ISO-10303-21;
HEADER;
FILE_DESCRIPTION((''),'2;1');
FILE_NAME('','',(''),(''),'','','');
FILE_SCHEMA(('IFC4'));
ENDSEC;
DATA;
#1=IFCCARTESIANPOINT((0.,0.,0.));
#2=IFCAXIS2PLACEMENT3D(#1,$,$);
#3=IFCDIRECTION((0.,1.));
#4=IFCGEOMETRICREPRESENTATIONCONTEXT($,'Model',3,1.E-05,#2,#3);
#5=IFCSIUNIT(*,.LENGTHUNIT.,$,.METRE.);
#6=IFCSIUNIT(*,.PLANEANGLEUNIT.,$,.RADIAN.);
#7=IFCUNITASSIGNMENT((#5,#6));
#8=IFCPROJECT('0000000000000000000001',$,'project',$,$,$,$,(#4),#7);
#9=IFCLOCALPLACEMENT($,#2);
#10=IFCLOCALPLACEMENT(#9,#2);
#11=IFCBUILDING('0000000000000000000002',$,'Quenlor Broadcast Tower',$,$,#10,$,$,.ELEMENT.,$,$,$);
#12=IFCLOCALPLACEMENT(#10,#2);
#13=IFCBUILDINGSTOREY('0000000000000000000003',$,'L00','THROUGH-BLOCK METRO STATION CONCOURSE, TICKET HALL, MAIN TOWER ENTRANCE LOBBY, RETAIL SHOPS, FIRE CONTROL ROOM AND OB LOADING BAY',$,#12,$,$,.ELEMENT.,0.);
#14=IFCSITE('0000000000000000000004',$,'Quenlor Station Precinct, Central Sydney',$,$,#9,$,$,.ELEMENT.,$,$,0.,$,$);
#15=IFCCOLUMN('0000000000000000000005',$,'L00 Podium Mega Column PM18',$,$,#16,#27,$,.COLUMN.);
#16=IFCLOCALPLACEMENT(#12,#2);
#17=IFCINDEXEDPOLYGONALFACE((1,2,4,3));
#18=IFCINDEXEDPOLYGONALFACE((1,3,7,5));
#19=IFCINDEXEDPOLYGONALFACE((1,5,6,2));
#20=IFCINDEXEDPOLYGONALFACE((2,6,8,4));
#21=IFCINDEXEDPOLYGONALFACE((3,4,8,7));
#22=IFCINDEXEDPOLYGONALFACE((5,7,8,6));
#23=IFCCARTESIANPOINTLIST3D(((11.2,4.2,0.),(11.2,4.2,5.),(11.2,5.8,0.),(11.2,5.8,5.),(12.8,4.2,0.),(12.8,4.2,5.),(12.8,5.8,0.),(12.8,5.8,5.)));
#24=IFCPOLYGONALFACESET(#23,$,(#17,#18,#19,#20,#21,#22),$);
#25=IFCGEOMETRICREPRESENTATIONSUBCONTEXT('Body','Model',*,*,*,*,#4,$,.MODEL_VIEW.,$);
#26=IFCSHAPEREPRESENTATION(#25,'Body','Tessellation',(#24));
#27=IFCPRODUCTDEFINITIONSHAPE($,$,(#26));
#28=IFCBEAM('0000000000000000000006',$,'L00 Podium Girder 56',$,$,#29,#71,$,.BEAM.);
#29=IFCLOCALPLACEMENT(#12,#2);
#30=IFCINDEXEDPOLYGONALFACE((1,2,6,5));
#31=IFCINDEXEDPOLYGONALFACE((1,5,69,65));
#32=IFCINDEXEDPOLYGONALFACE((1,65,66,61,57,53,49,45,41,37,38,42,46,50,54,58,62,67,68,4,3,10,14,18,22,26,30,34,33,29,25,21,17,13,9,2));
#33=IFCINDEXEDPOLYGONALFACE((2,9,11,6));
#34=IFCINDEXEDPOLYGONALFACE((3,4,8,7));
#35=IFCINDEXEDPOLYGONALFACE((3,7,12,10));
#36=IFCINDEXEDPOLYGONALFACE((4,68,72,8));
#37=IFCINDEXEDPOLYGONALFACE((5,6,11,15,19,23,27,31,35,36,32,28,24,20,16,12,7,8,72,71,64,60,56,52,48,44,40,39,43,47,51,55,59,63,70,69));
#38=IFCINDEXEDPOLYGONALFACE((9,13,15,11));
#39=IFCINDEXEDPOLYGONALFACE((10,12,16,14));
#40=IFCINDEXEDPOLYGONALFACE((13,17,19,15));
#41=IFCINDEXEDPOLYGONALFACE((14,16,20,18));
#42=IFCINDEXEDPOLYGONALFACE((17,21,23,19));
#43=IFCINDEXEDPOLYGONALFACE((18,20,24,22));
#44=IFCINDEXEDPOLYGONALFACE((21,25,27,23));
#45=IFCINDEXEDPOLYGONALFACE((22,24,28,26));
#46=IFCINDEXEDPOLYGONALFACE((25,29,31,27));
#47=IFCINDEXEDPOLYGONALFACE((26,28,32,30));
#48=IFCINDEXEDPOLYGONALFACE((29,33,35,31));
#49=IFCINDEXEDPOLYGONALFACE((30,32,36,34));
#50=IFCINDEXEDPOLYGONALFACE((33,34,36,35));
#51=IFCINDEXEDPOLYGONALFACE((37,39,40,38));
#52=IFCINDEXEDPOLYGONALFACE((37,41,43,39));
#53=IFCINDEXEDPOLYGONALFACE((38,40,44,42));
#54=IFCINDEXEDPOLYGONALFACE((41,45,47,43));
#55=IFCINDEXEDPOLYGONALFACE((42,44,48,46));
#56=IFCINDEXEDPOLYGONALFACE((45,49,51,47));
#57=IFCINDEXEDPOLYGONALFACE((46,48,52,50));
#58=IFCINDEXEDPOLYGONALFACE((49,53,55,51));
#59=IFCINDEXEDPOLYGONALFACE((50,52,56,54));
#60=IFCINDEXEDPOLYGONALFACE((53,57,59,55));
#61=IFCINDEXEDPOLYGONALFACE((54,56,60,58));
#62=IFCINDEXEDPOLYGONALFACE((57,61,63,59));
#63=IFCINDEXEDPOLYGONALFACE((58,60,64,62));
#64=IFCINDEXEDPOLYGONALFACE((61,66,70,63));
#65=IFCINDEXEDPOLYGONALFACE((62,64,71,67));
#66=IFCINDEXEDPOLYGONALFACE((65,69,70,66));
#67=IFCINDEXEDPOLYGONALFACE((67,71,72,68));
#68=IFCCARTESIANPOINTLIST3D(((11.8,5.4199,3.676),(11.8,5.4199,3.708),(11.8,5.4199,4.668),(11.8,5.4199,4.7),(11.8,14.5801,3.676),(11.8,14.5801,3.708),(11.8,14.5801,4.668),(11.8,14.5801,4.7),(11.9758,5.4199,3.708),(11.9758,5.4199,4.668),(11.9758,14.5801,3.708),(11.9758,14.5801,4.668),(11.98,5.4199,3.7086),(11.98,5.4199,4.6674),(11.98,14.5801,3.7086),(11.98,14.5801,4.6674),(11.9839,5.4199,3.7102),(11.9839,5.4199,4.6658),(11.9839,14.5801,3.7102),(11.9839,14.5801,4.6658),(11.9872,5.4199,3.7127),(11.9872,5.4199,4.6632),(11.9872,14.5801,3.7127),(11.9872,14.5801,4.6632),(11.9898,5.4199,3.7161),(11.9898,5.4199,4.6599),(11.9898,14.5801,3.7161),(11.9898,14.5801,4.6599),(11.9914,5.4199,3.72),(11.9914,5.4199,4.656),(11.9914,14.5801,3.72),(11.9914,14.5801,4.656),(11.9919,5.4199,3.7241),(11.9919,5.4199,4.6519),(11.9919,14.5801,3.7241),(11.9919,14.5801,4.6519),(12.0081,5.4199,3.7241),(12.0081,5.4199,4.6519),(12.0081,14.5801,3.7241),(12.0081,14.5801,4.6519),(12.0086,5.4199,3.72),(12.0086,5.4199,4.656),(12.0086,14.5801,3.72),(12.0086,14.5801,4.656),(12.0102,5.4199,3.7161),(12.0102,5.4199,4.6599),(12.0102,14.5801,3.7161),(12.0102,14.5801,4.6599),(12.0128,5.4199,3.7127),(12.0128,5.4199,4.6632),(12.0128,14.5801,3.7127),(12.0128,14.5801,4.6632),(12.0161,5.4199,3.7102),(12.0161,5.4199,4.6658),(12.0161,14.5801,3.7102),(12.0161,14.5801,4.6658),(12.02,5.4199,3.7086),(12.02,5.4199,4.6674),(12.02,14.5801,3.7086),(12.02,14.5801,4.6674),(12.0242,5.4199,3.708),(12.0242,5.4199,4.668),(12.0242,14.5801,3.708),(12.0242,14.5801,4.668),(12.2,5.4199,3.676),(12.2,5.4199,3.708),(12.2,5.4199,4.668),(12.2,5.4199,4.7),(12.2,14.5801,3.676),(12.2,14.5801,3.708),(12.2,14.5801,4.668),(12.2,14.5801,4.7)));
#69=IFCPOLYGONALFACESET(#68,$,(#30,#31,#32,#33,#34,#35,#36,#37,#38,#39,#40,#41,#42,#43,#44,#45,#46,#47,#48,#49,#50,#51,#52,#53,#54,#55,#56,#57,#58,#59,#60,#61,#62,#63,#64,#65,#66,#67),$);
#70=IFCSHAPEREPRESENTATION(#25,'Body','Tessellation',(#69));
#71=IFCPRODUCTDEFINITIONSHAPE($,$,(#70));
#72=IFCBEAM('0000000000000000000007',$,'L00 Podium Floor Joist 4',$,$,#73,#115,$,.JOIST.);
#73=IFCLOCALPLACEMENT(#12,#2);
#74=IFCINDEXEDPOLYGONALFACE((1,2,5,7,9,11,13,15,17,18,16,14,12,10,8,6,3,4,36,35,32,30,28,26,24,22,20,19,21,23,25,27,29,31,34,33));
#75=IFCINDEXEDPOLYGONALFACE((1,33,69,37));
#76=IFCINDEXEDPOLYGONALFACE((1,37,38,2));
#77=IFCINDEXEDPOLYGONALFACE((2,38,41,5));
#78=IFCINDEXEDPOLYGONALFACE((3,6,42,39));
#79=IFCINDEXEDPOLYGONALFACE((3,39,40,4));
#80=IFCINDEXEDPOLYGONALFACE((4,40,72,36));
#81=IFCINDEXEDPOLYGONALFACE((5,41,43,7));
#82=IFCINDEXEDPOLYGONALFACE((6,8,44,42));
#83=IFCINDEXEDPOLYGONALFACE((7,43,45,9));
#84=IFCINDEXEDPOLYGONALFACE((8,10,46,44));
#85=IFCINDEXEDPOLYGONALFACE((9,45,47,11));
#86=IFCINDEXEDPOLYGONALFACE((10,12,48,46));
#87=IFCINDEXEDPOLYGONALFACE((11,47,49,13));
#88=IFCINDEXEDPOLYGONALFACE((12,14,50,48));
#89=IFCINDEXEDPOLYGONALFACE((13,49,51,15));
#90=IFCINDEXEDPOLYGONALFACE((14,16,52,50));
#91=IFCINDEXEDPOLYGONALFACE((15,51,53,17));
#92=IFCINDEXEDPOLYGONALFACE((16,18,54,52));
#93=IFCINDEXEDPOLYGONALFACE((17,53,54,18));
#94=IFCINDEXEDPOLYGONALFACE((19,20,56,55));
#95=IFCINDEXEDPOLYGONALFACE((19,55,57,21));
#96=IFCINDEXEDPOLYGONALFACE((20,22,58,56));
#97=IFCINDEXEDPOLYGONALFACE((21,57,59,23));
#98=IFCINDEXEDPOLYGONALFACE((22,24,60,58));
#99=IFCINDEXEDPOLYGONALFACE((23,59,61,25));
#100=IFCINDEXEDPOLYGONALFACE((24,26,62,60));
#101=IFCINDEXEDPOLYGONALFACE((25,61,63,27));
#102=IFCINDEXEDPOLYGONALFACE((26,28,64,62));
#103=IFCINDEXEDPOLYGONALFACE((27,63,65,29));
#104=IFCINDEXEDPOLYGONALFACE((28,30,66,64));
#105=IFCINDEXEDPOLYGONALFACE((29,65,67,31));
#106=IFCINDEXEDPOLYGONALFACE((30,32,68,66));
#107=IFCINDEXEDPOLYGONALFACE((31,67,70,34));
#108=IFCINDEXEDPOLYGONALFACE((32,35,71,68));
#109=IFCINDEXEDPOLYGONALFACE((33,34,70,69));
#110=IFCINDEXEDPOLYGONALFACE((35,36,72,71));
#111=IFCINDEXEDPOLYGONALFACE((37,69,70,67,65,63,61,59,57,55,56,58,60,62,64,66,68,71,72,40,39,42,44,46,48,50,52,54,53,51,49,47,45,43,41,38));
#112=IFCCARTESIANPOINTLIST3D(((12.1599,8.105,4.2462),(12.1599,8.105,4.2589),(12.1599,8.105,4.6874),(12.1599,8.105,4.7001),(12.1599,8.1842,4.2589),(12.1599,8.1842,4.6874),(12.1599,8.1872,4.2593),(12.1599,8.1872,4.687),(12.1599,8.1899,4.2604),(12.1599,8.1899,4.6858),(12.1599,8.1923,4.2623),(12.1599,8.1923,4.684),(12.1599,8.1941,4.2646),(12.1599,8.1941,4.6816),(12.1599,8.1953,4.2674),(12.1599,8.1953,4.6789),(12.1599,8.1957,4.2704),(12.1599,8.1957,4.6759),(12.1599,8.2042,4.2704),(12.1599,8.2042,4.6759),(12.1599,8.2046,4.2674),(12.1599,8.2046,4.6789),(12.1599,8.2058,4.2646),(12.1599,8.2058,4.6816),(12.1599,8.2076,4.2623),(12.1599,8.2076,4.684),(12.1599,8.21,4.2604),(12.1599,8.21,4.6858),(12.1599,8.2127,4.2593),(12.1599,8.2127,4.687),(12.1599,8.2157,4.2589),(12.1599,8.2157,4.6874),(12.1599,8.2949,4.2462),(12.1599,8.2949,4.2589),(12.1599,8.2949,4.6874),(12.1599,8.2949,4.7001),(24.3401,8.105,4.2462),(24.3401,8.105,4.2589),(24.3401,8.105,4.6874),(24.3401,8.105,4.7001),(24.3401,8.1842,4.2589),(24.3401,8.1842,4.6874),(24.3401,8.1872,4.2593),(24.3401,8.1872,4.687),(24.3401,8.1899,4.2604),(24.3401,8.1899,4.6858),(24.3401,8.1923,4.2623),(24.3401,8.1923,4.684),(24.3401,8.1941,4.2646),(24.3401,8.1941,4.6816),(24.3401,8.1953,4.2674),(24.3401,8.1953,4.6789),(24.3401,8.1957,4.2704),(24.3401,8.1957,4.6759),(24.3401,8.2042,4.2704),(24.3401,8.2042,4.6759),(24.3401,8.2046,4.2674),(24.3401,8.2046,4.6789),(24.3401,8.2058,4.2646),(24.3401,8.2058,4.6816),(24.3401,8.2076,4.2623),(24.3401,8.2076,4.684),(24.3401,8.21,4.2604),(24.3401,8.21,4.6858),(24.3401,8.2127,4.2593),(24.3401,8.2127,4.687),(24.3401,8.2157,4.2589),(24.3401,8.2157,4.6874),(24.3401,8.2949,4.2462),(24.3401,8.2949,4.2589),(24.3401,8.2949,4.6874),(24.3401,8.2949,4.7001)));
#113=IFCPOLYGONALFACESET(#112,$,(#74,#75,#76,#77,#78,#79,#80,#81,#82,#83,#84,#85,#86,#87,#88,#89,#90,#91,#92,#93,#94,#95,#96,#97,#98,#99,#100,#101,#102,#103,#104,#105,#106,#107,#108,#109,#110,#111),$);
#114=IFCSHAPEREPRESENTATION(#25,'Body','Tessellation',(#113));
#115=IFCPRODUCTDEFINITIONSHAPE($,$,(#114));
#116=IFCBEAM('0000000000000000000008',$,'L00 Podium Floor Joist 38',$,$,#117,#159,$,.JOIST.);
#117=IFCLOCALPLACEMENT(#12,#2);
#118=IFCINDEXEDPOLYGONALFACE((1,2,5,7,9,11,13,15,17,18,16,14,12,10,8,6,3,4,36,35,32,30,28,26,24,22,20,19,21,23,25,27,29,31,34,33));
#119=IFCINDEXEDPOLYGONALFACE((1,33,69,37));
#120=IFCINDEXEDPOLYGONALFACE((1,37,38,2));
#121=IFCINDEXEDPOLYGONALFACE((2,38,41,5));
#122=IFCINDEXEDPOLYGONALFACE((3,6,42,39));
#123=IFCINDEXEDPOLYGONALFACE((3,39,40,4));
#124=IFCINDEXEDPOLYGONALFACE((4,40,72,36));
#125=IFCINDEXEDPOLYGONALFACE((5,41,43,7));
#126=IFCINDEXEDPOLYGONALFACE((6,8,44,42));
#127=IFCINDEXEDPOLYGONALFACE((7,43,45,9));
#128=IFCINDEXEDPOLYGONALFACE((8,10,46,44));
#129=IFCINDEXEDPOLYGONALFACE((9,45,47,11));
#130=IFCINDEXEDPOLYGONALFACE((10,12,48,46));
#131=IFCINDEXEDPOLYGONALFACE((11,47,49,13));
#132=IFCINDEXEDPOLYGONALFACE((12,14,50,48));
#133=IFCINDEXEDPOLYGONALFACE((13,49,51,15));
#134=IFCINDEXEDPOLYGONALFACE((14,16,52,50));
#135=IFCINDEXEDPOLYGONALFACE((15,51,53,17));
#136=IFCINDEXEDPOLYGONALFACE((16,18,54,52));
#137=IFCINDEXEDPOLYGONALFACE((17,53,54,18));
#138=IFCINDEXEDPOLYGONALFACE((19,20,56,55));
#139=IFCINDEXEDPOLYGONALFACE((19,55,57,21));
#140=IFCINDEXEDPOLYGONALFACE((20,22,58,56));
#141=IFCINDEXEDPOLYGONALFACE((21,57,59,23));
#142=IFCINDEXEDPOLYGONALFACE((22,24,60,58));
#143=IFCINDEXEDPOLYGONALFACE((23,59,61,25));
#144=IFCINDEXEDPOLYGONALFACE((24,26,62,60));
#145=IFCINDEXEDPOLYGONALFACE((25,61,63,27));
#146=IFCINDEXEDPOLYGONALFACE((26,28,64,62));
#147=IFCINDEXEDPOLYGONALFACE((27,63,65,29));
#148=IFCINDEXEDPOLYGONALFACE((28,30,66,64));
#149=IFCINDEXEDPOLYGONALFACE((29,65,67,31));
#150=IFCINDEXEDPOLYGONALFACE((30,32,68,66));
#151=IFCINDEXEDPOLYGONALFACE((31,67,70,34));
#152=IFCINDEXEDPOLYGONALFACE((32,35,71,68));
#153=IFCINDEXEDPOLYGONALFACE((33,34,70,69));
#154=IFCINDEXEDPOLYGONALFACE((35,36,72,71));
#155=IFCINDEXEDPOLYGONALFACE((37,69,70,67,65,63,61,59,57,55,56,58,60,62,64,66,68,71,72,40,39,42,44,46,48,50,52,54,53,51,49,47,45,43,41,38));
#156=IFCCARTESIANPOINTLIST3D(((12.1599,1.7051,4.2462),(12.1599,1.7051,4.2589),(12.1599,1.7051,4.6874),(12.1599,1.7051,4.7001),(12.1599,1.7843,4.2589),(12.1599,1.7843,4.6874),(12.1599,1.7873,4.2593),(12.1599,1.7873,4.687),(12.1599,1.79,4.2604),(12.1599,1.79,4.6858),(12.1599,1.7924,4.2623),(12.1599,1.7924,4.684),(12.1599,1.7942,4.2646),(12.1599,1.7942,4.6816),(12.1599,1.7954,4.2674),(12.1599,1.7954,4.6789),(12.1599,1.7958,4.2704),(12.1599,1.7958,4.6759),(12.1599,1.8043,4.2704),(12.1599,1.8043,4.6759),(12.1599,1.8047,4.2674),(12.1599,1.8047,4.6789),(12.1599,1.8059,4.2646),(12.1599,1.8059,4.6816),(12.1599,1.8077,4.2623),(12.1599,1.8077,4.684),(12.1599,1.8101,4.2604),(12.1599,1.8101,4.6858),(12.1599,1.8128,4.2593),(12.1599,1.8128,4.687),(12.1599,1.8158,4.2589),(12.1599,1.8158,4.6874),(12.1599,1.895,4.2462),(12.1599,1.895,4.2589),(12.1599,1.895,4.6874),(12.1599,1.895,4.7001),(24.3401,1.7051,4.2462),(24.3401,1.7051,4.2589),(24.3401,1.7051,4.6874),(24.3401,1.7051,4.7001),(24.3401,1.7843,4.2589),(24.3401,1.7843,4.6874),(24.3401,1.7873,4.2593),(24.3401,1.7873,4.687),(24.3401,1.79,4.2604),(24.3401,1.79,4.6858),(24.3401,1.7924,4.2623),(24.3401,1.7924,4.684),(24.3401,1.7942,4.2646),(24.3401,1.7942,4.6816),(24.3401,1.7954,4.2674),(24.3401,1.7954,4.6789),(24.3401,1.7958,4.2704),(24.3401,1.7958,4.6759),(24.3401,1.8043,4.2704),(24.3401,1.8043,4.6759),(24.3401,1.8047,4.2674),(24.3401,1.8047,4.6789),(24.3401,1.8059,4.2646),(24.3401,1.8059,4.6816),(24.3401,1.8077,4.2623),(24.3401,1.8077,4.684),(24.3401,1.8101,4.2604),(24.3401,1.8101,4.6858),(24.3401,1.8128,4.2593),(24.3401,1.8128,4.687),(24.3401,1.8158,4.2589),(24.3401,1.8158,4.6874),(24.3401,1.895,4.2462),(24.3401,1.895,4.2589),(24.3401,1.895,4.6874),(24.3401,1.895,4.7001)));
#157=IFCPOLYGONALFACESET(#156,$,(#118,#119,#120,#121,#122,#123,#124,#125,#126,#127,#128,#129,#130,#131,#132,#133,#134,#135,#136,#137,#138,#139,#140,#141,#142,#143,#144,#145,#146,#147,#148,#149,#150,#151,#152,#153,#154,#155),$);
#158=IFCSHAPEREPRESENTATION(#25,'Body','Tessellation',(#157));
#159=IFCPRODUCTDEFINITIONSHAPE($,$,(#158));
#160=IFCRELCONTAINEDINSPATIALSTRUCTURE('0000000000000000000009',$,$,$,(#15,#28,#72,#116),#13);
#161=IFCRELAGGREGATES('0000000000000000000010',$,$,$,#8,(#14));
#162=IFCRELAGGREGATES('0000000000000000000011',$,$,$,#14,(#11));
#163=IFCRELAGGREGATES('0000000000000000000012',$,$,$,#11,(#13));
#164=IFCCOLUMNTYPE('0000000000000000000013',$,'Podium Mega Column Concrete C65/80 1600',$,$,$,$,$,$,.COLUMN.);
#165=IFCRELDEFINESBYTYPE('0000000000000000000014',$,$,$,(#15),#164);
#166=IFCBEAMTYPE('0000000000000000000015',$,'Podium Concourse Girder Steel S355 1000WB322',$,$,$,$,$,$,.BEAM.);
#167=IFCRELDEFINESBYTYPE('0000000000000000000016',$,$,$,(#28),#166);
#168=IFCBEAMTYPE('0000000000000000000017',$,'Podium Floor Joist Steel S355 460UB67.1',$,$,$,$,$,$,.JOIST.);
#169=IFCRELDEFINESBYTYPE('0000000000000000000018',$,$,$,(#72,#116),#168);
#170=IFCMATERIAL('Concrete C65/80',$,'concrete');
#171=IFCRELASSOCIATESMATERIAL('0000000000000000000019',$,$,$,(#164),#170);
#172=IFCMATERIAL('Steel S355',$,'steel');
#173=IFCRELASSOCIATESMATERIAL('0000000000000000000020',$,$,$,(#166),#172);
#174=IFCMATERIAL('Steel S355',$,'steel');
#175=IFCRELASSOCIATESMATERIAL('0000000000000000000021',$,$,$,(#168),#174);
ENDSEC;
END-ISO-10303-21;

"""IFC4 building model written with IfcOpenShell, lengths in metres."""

from ifc_helpers import new_model, si_unit, direction, frame, origin, origin_2d, place, context, subcontext, project, spatial, rectangle, i_section, extrude, material, material_profile, profile_set, type_object, element, save


model = new_model("IFC4")

# Units and contexts
model_context = context("Model", 3, precision=1e-05, world=origin(), true_north=direction((0.0, 1.0)))
body_context = subcontext(model_context, "Body", "Model", "MODEL_VIEW")
ifc_project = project(units=[si_unit("LENGTHUNIT", "METRE"), si_unit("PLANEANGLEUNIT", "RADIAN")], contexts=[model_context])

# Site, building, storey
site_placement = place(None, origin())
site = spatial("IfcSite", under=ifc_project, at=site_placement, Name="Quenlor Station Precinct, Central Sydney", CompositionType="ELEMENT", RefElevation=0.0)
building_placement = place(site_placement, origin())
building = spatial("IfcBuilding", under=site, at=building_placement, Name="Quenlor Broadcast Tower", CompositionType="ELEMENT")
storey_placement = place(building_placement, origin())
storey = spatial("IfcBuildingStorey", under=building, at=storey_placement, Name="L00", Description="THROUGH-BLOCK METRO STATION CONCOURSE, TICKET HALL, MAIN TOWER ENTRANCE LOBBY, RETAIL SHOPS, FIRE CONTROL ROOM AND OB LOADING BAY", CompositionType="ELEMENT", Elevation=0.0)

# Column
ifc_material_1 = material(Name="Concrete C65/80", Category="concrete")
ifc_material_profile_1 = material_profile(ifc_material_1, rectangle(XDim=1.6001, YDim=1.6001, at=origin_2d()))
ifc_profile_set_1 = profile_set([ifc_material_profile_1], Name="Concrete C65/80 RC1600x1600")
column_type = type_object("IfcColumnType", Name="Podium Mega Column Concrete C65/80 1600", PredefinedType="COLUMN", material=ifc_profile_set_1)
column_placement = place(storey_placement, frame((12.0, 5.0, 0.0), z_axis=(0.0, 0.0, 1.0), x_axis=(1.0, 0.0, 0.0)))
element("IfcColumn", 1, at=column_placement, inside=storey, type_object=column_type, Name="L00 Podium Mega Column PM18", PredefinedType="COLUMN", context=body_context, shape_type="SweptSolid", body=[
    extrude(rectangle(XDim=1.6001, YDim=1.6001, at=origin_2d()), origin(), (0.0, 0.0, 1.0), 5.0),
])

# Beams
ifc_material_2 = material(Name="Steel S355", Category="steel")
ifc_material_profile_2 = material_profile(ifc_material_2, i_section(OverallWidth=0.3999, OverallDepth=1.0239, WebThickness=0.0161, FlangeThickness=0.032, FilletRadius=0.0161, at=origin_2d()))
ifc_profile_set_2 = profile_set([ifc_material_profile_2], Name="Steel S355 1000WB322")
beam_type_1 = type_object("IfcBeamType", Name="Podium Concourse Girder Steel S355 1000WB322", PredefinedType="BEAM", material=ifc_profile_set_2)
beam_1_placement = place(storey_placement, frame((12.0, 5.4199, 4.188), z_axis=(0.0, 1.0, 0.0), x_axis=(-1.0, 0.0, 0.0)))
element("IfcBeam", 2, at=beam_1_placement, inside=storey, type_object=beam_type_1, Name="L00 Podium Girder 56", PredefinedType="BEAM", context=body_context, shape_type="SweptSolid", body=[
    extrude(i_section(OverallWidth=0.3999, OverallDepth=1.0239, WebThickness=0.0161, FlangeThickness=0.032, FilletRadius=0.0161, at=origin_2d()), origin(), (0.0, 0.0, 1.0), 9.1602),
])
ifc_material_3 = material(Name="Steel S355", Category="steel")
ifc_material_profile_3 = material_profile(ifc_material_3, i_section(OverallWidth=0.1899, OverallDepth=0.4539, WebThickness=0.0085, FlangeThickness=0.0127, FilletRadius=0.0115, at=origin_2d()))
ifc_profile_set_3 = profile_set([ifc_material_profile_3], Name="Steel S355 460UB67.1")
beam_type_2 = type_object("IfcBeamType", Name="Podium Floor Joist Steel S355 460UB67.1", PredefinedType="JOIST", material=ifc_profile_set_3)
for number, where, z_axis, x_axis, name in (
    (3, (12.1599, 8.2, 4.4731), (1.0, 0.0, 0.0), (0.0, 1.0, 0.0), "L00 Podium Floor Joist 4"),
    (4, (12.1599, 1.8, 4.4731), (1.0, 0.0, 0.0), (0.0, 1.0, 0.0), "L00 Podium Floor Joist 38"),
):
    element("IfcBeam", number, at=place(storey_placement, frame(where, z_axis=z_axis, x_axis=x_axis)), inside=storey, type_object=beam_type_2, Name=name, PredefinedType="JOIST", context=body_context, shape_type="SweptSolid", body=[
        extrude(i_section(OverallWidth=0.1899, OverallDepth=0.4539, WebThickness=0.0085, FlangeThickness=0.0127, FilletRadius=0.0115, at=origin_2d()), origin(), (0.0, 0.0, 1.0), 12.1802),
    ])

save(model, "model.ifc")
